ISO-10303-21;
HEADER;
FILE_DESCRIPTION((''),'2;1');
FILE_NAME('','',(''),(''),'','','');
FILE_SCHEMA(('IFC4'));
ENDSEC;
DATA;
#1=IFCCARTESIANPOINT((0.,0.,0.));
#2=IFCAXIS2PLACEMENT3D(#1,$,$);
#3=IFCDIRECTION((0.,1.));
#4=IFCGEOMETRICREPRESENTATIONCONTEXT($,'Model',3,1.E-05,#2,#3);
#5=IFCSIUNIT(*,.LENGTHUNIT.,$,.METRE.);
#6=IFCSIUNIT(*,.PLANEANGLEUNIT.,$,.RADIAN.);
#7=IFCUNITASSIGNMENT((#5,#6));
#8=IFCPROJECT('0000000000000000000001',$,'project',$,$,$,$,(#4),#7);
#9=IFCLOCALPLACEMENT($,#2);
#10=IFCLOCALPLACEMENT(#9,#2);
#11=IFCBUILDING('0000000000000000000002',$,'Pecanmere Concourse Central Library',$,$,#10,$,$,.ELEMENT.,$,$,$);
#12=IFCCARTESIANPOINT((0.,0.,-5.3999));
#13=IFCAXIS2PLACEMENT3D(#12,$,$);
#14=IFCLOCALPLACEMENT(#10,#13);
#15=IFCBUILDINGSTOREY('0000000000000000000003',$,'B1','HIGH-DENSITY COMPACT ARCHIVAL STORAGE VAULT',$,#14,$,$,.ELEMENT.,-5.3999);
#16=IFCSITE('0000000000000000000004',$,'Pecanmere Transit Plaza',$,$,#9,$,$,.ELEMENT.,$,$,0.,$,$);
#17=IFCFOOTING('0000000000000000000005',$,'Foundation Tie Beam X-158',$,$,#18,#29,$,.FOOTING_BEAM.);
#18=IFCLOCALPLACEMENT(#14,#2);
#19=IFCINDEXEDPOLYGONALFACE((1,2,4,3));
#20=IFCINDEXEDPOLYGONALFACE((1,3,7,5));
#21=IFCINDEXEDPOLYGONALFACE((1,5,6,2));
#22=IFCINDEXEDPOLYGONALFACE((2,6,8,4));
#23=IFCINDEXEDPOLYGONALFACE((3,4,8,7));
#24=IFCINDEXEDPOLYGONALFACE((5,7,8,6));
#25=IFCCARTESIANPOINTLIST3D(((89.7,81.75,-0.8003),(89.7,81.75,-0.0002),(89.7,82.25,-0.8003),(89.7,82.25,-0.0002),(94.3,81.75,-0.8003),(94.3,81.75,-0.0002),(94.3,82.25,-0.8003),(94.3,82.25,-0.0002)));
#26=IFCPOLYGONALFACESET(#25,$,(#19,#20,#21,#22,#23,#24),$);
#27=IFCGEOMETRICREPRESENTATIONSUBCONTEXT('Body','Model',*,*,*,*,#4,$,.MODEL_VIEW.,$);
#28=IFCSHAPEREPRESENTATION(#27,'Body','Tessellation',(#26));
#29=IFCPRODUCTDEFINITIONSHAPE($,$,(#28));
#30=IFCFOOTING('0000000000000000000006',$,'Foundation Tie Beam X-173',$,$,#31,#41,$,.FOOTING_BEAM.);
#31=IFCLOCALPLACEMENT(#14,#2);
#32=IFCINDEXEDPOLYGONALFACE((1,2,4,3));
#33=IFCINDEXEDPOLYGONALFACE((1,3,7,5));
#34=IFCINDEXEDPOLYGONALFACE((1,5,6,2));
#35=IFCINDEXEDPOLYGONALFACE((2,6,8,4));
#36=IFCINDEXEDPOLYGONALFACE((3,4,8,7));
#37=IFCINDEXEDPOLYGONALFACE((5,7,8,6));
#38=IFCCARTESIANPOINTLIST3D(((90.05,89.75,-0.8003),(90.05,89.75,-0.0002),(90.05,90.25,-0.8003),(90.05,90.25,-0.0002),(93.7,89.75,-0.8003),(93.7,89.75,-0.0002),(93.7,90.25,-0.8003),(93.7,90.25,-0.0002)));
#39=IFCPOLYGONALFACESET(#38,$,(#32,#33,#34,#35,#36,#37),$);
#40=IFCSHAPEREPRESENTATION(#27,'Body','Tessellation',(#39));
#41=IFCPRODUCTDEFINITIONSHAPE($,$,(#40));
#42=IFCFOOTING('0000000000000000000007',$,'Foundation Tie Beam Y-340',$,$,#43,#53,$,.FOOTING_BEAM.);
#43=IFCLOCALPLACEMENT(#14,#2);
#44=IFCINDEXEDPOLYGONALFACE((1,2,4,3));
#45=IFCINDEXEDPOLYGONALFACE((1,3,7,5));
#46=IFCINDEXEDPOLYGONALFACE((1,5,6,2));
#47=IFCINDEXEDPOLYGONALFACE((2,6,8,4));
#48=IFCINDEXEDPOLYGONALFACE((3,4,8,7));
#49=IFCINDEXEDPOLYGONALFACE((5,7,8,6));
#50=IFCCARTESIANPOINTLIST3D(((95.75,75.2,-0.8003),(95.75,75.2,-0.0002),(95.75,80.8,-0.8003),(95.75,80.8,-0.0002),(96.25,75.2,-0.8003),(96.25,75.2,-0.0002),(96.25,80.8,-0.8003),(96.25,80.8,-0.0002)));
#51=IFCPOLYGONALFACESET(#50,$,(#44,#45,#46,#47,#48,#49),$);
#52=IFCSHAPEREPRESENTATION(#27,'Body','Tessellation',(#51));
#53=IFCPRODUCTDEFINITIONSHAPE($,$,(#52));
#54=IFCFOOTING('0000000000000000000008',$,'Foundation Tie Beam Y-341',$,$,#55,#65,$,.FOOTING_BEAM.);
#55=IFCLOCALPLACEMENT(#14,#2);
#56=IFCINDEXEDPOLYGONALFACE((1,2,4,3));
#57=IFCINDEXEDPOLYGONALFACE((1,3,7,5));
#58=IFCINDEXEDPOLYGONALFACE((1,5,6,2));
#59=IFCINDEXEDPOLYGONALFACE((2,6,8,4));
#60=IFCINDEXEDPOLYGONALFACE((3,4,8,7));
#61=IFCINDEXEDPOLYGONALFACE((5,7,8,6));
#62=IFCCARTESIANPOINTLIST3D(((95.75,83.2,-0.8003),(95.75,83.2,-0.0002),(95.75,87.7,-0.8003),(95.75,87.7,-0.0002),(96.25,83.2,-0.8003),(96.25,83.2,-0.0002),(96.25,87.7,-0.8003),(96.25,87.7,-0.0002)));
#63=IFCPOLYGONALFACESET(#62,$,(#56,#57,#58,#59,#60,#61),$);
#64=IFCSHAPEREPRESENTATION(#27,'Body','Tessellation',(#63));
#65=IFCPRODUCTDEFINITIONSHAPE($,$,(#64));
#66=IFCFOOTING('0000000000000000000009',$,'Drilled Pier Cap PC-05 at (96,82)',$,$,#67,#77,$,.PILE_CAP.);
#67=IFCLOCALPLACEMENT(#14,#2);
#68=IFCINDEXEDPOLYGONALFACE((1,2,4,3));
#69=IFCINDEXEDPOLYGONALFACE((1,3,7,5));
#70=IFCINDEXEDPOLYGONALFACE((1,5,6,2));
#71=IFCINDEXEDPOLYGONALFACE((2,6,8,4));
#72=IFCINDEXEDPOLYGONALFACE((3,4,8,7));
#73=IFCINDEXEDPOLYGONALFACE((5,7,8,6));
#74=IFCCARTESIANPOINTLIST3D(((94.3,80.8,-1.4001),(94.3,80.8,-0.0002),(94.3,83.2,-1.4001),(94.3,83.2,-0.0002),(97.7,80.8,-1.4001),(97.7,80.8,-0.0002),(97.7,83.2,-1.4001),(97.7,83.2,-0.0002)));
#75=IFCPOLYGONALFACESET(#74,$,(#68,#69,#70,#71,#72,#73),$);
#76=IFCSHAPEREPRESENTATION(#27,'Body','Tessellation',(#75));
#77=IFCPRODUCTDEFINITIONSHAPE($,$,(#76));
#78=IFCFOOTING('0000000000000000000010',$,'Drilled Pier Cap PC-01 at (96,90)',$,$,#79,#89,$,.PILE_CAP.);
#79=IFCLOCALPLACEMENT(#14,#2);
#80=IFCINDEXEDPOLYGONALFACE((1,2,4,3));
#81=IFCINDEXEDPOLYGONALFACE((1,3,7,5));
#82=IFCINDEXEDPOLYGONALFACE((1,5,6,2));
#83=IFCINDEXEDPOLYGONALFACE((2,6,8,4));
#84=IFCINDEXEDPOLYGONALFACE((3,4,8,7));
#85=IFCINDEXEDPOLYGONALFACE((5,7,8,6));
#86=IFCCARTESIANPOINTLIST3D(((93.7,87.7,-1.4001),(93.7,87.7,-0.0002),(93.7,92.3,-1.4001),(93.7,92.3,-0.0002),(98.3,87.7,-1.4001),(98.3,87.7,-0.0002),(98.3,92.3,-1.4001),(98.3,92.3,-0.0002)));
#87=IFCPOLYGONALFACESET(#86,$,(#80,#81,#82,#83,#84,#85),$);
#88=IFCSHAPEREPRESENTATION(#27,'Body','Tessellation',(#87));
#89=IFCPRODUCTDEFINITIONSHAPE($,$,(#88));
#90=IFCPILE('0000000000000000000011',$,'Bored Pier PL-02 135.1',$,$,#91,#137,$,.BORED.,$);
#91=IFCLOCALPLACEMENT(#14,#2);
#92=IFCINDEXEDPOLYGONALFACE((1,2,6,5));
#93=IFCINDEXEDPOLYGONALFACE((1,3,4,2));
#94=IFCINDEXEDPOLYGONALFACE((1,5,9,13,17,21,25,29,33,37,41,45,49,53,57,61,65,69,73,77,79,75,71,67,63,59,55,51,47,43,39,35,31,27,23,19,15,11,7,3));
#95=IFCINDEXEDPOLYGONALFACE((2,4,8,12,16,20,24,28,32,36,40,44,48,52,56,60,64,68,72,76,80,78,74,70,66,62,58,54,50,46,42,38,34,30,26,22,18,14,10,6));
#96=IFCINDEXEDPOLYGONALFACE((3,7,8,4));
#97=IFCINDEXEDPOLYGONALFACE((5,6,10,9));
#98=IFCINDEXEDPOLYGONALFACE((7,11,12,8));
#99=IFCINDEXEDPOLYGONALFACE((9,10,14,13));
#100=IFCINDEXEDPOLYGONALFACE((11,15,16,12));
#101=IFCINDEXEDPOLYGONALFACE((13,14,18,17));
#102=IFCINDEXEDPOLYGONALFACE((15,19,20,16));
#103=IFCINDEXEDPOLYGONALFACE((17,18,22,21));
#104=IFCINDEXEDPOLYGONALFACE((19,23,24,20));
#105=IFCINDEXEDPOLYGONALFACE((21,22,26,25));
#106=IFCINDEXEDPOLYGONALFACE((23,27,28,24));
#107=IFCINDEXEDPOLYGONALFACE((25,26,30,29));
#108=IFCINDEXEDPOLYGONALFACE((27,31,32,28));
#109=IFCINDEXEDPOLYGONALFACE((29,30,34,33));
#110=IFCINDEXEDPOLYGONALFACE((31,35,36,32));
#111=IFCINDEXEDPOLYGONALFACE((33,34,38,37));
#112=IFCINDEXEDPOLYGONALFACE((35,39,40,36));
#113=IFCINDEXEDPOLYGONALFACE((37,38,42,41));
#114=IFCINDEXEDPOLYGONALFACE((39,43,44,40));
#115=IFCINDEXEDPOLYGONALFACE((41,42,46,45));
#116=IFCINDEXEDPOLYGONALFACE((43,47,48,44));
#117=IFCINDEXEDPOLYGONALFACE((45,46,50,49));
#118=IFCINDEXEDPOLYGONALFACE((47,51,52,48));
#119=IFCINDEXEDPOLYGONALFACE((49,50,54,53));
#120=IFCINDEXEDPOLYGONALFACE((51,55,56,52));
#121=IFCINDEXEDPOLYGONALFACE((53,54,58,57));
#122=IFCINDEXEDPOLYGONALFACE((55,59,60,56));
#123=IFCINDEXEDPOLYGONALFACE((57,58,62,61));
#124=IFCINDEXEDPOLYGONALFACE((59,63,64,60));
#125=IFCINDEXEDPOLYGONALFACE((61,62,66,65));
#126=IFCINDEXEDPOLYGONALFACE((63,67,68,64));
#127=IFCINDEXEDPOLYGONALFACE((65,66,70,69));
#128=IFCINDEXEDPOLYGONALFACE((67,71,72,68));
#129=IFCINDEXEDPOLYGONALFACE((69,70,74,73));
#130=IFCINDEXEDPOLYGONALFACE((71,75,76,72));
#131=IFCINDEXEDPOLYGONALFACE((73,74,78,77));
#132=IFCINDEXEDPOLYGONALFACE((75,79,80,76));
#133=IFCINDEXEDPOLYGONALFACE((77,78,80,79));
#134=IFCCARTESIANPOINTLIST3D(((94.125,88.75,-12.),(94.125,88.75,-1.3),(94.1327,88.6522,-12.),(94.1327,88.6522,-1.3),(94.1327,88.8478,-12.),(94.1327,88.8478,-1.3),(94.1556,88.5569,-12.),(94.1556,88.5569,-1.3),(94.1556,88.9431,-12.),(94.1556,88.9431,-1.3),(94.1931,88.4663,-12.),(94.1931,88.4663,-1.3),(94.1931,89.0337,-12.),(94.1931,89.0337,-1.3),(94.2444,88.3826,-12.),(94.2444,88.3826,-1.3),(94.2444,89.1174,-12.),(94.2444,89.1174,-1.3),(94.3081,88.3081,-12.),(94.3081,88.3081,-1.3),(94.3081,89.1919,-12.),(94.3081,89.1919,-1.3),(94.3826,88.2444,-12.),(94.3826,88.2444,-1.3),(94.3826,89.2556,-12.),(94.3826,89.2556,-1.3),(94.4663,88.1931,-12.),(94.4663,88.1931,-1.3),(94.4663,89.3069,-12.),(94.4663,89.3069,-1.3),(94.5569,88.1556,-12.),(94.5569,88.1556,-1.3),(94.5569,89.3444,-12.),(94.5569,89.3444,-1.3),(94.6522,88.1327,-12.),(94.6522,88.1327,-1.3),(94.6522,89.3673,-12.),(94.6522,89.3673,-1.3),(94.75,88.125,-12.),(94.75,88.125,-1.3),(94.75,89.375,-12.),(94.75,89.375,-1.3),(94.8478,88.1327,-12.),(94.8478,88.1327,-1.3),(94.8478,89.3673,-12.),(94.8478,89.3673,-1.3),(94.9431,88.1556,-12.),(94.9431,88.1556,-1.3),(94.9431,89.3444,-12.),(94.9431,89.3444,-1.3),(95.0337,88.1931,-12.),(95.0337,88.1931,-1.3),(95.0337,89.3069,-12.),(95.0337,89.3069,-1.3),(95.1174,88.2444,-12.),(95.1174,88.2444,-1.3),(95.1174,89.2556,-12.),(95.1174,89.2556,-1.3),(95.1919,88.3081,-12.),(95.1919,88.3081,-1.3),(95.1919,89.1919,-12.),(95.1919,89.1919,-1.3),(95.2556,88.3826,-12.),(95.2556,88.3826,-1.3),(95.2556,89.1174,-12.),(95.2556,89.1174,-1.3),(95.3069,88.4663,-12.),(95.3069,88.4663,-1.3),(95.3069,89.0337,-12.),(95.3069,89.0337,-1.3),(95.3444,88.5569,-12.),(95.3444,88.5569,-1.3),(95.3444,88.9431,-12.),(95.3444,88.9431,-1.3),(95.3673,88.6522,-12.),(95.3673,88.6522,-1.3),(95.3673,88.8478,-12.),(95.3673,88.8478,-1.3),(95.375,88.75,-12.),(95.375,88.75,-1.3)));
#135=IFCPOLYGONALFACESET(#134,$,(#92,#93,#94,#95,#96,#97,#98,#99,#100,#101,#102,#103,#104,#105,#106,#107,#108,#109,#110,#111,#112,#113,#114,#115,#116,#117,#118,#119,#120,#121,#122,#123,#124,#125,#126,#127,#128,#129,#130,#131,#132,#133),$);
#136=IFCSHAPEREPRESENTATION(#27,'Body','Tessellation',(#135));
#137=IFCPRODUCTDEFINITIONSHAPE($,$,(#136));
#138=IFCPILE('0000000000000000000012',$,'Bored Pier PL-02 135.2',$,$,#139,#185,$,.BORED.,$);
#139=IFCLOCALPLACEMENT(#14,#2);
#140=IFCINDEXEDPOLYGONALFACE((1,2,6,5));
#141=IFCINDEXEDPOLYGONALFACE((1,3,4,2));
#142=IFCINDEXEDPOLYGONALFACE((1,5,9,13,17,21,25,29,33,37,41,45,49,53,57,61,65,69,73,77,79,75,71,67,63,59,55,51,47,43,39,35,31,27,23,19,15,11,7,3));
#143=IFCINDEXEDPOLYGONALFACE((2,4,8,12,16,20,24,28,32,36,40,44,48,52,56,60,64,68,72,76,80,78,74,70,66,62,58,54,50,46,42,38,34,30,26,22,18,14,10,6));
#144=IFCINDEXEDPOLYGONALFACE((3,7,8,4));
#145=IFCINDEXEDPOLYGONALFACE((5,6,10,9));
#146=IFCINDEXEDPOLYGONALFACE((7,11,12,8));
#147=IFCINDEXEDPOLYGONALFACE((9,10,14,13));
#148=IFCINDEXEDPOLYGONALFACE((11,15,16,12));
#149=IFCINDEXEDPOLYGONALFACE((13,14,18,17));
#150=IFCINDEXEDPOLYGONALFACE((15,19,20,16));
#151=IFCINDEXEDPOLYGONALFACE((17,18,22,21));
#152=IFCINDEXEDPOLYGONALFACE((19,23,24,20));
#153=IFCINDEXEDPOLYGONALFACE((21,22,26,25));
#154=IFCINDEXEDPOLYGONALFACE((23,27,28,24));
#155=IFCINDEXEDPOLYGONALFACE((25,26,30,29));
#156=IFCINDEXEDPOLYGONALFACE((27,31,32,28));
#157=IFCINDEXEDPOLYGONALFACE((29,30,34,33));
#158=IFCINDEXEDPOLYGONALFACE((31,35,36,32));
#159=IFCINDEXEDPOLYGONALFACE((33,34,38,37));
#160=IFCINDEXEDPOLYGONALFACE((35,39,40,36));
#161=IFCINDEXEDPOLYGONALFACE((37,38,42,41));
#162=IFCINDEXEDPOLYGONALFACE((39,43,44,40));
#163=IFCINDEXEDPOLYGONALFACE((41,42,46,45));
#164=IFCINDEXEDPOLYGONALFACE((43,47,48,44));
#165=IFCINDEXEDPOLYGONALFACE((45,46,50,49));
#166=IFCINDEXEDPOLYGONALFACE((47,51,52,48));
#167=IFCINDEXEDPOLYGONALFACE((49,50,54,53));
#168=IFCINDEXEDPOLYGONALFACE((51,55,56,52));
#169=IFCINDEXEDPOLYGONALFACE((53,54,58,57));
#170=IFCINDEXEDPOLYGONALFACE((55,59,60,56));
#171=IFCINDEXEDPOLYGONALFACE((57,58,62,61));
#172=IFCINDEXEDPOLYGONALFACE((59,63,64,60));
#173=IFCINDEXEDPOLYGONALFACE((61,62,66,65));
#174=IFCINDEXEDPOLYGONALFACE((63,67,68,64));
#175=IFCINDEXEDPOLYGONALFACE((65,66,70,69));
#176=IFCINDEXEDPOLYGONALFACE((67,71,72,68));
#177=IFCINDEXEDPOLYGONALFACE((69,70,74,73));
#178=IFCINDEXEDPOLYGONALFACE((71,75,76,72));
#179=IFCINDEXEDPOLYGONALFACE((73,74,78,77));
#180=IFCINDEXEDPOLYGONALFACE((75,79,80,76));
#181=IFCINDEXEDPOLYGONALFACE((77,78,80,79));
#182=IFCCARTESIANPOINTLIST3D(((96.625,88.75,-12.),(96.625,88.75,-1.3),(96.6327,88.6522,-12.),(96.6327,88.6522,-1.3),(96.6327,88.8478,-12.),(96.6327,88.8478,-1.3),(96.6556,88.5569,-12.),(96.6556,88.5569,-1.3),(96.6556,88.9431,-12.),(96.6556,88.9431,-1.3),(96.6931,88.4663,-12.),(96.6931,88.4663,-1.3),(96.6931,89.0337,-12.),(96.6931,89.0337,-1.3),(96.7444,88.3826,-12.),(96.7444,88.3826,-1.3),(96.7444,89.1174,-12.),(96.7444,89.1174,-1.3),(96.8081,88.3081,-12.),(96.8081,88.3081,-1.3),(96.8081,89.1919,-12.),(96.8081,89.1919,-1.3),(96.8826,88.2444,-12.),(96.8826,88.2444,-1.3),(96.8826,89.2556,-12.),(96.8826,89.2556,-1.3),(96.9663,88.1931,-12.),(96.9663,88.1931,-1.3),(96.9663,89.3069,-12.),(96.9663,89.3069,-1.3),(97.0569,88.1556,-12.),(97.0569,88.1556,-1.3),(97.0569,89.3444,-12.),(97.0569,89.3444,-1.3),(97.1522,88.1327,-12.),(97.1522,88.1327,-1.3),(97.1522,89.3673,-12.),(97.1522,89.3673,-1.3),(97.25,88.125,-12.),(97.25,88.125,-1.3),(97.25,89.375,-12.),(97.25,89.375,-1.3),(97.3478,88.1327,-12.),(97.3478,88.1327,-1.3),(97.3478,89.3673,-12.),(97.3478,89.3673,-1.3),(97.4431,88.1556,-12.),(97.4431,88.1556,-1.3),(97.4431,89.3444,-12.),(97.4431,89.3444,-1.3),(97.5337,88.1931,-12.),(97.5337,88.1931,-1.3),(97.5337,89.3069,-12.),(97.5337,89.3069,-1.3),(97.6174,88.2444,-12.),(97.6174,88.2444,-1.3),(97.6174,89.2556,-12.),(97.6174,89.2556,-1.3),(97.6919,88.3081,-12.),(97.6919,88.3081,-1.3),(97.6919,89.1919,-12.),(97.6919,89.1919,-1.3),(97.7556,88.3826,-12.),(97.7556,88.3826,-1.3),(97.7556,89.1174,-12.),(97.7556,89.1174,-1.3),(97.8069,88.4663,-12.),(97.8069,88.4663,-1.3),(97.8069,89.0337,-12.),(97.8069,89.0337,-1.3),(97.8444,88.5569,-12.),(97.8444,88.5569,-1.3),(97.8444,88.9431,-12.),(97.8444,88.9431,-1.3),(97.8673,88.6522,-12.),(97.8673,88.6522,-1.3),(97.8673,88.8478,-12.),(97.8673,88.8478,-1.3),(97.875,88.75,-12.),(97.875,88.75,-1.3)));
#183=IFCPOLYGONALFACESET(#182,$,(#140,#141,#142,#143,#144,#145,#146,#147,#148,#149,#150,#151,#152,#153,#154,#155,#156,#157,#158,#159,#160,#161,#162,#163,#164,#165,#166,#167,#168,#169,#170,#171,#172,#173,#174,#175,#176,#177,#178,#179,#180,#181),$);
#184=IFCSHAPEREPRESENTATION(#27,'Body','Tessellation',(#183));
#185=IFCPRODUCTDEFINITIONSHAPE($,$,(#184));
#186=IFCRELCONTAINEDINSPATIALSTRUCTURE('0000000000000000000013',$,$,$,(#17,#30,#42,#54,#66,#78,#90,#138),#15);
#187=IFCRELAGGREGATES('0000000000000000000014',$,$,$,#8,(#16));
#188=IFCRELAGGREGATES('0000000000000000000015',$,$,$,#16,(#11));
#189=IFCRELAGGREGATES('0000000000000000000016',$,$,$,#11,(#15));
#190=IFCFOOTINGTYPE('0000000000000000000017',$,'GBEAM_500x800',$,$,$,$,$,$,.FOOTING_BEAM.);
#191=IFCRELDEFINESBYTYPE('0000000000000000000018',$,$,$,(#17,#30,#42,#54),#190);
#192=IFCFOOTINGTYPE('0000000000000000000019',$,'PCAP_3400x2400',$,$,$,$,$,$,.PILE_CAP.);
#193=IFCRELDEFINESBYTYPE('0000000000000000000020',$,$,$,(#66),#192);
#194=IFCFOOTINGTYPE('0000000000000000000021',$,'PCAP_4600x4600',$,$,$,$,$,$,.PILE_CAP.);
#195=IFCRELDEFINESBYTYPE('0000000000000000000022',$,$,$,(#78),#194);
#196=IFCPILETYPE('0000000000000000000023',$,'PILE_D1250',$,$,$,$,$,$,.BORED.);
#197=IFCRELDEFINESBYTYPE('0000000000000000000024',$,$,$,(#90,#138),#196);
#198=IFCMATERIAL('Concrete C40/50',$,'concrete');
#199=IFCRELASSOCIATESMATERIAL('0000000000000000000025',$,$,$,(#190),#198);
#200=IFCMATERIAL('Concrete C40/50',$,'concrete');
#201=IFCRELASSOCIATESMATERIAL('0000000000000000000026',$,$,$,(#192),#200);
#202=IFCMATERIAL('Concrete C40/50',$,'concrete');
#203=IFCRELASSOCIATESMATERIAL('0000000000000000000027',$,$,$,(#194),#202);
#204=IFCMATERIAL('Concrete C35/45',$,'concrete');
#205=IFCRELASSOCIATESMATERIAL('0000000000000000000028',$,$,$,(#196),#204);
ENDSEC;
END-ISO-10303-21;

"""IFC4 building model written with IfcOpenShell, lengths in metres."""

from ifc_helpers import new_model, si_unit, direction, frame, origin, origin_2d, place, context, subcontext, project, spatial, rectangle, circle, extrude, material, material_profile, profile_set, type_object, element, save


model = new_model("IFC4")

# Units and contexts
model_context = context("Model", 3, precision=1e-05, world=origin(), true_north=direction((0.0, 1.0)))
body_context = subcontext(model_context, "Body", "Model", "MODEL_VIEW")
ifc_project = project(units=[si_unit("LENGTHUNIT", "METRE"), si_unit("PLANEANGLEUNIT", "RADIAN")], contexts=[model_context])

# Site, building, storey
site_placement = place(None, origin())
site = spatial("IfcSite", under=ifc_project, at=site_placement, Name="Pecanmere Transit Plaza", CompositionType="ELEMENT", RefElevation=0.0)
building_placement = place(site_placement, origin())
building = spatial("IfcBuilding", under=site, at=building_placement, Name="Pecanmere Concourse Central Library", CompositionType="ELEMENT")
storey_placement = place(building_placement, frame((0.0, 0.0, -5.3999)))
storey = spatial("IfcBuildingStorey", under=building, at=storey_placement, Name="B1", Description="HIGH-DENSITY COMPACT ARCHIVAL STORAGE VAULT", CompositionType="ELEMENT", Elevation=-5.3999)

# Footings
ifc_material_1 = material(Name="Concrete C40/50", Category="concrete")
ifc_material_profile_1 = material_profile(ifc_material_1, rectangle(XDim=0.5, YDim=0.8, at=origin_2d()), Name="RC 500x800")
ifc_profile_set_1 = profile_set([ifc_material_profile_1], Name="Concrete C40/50")
footing_type_1 = type_object("IfcFootingType", Name="GBEAM_500x800", PredefinedType="FOOTING_BEAM", material=ifc_profile_set_1)
footing_1_placement = place(storey_placement, frame((92.0, 82.0, -0.8003), z_axis=(0.0, 0.0, 1.0), x_axis=(1.0, 0.0, 0.0)))
element("IfcFooting", 1, at=footing_1_placement, inside=storey, type_object=footing_type_1, Name="Foundation Tie Beam X-158", PredefinedType="FOOTING_BEAM", context=body_context, shape_type="SweptSolid", body=[
    extrude(rectangle(XDim=4.6001, YDim=0.5, at=origin_2d()), origin(), (0.0, 0.0, 1.0), 0.8),
])
footing_2_placement = place(storey_placement, frame((91.875, 90.0, -0.8003), z_axis=(0.0, 0.0, 1.0), x_axis=(1.0, 0.0, 0.0)))
element("IfcFooting", 2, at=footing_2_placement, inside=storey, type_object=footing_type_1, Name="Foundation Tie Beam X-173", PredefinedType="FOOTING_BEAM", context=body_context, shape_type="SweptSolid", body=[
    extrude(rectangle(XDim=3.6499, YDim=0.5, at=origin_2d()), origin(), (0.0, 0.0, 1.0), 0.8),
])
footing_3_placement = place(storey_placement, frame((96.0, 78.0, -0.8003), z_axis=(0.0, 0.0, 1.0), x_axis=(0.0, 1.0, 0.0)))
element("IfcFooting", 3, at=footing_3_placement, inside=storey, type_object=footing_type_1, Name="Foundation Tie Beam Y-340", PredefinedType="FOOTING_BEAM", context=body_context, shape_type="SweptSolid", body=[
    extrude(rectangle(XDim=5.6001, YDim=0.5, at=origin_2d()), origin(), (0.0, 0.0, 1.0), 0.8),
])
footing_4_placement = place(storey_placement, frame((96.0, 85.45, -0.8003), z_axis=(0.0, 0.0, 1.0), x_axis=(0.0, 1.0, 0.0)))
element("IfcFooting", 4, at=footing_4_placement, inside=storey, type_object=footing_type_1, Name="Foundation Tie Beam Y-341", PredefinedType="FOOTING_BEAM", context=body_context, shape_type="SweptSolid", body=[
    extrude(rectangle(XDim=4.5, YDim=0.5, at=origin_2d()), origin(), (0.0, 0.0, 1.0), 0.8),
])
ifc_material_2 = material(Name="Concrete C40/50", Category="concrete")
footing_type_2 = type_object("IfcFootingType", Name="PCAP_3400x2400", PredefinedType="PILE_CAP", material=ifc_material_2)
footing_5_placement = place(storey_placement, frame((96.0, 82.0, -1.4001), z_axis=(0.0, 0.0, 1.0), x_axis=(1.0, 0.0, 0.0)))
element("IfcFooting", 5, at=footing_5_placement, inside=storey, type_object=footing_type_2, Name="Drilled Pier Cap PC-05 at (96,82)", PredefinedType="PILE_CAP", context=body_context, shape_type="SweptSolid", body=[
    extrude(rectangle(XDim=3.3999, YDim=2.3999, at=origin_2d()), origin(), (0.0, 0.0, 1.0), 1.3999),
])
ifc_material_3 = material(Name="Concrete C40/50", Category="concrete")
footing_type_3 = type_object("IfcFootingType", Name="PCAP_4600x4600", PredefinedType="PILE_CAP", material=ifc_material_3)
footing_6_placement = place(storey_placement, frame((96.0, 90.0, -1.4001), z_axis=(0.0, 0.0, 1.0), x_axis=(1.0, 0.0, 0.0)))
element("IfcFooting", 6, at=footing_6_placement, inside=storey, type_object=footing_type_3, Name="Drilled Pier Cap PC-01 at (96,90)", PredefinedType="PILE_CAP", context=body_context, shape_type="SweptSolid", body=[
    extrude(rectangle(XDim=4.6001, YDim=4.6001, at=origin_2d()), origin(), (0.0, 0.0, 1.0), 1.3999),
])

# Piles
ifc_material_4 = material(Name="Concrete C35/45", Category="concrete")
ifc_material_profile_2 = material_profile(ifc_material_4, circle(Radius=0.625, at=origin_2d()), Name="PIER D1250")
ifc_profile_set_2 = profile_set([ifc_material_profile_2], Name="Concrete C35/45")
pile_type_1 = type_object("IfcPileType", Name="PILE_D1250", PredefinedType="BORED", material=ifc_profile_set_2)
for number, where, z_axis, x_axis, name in (
    (7, (94.75, 88.75, -1.3), (0.0, 0.0, -1.0), (1.0, 0.0, 0.0), "Bored Pier PL-02 135.1"),
    (8, (97.25, 88.75, -1.3), (0.0, 0.0, -1.0), (1.0, 0.0, 0.0), "Bored Pier PL-02 135.2"),
):
    element("IfcPile", number, at=place(storey_placement, frame(where, z_axis=z_axis, x_axis=x_axis)), inside=storey, type_object=pile_type_1, Name=name, PredefinedType="BORED", context=body_context, shape_type="SweptSolid", body=[
        extrude(circle(Radius=0.625, at=origin_2d()), origin(), (0.0, 0.0, 1.0), 10.7),
    ])

save(model, "model.ifc")
